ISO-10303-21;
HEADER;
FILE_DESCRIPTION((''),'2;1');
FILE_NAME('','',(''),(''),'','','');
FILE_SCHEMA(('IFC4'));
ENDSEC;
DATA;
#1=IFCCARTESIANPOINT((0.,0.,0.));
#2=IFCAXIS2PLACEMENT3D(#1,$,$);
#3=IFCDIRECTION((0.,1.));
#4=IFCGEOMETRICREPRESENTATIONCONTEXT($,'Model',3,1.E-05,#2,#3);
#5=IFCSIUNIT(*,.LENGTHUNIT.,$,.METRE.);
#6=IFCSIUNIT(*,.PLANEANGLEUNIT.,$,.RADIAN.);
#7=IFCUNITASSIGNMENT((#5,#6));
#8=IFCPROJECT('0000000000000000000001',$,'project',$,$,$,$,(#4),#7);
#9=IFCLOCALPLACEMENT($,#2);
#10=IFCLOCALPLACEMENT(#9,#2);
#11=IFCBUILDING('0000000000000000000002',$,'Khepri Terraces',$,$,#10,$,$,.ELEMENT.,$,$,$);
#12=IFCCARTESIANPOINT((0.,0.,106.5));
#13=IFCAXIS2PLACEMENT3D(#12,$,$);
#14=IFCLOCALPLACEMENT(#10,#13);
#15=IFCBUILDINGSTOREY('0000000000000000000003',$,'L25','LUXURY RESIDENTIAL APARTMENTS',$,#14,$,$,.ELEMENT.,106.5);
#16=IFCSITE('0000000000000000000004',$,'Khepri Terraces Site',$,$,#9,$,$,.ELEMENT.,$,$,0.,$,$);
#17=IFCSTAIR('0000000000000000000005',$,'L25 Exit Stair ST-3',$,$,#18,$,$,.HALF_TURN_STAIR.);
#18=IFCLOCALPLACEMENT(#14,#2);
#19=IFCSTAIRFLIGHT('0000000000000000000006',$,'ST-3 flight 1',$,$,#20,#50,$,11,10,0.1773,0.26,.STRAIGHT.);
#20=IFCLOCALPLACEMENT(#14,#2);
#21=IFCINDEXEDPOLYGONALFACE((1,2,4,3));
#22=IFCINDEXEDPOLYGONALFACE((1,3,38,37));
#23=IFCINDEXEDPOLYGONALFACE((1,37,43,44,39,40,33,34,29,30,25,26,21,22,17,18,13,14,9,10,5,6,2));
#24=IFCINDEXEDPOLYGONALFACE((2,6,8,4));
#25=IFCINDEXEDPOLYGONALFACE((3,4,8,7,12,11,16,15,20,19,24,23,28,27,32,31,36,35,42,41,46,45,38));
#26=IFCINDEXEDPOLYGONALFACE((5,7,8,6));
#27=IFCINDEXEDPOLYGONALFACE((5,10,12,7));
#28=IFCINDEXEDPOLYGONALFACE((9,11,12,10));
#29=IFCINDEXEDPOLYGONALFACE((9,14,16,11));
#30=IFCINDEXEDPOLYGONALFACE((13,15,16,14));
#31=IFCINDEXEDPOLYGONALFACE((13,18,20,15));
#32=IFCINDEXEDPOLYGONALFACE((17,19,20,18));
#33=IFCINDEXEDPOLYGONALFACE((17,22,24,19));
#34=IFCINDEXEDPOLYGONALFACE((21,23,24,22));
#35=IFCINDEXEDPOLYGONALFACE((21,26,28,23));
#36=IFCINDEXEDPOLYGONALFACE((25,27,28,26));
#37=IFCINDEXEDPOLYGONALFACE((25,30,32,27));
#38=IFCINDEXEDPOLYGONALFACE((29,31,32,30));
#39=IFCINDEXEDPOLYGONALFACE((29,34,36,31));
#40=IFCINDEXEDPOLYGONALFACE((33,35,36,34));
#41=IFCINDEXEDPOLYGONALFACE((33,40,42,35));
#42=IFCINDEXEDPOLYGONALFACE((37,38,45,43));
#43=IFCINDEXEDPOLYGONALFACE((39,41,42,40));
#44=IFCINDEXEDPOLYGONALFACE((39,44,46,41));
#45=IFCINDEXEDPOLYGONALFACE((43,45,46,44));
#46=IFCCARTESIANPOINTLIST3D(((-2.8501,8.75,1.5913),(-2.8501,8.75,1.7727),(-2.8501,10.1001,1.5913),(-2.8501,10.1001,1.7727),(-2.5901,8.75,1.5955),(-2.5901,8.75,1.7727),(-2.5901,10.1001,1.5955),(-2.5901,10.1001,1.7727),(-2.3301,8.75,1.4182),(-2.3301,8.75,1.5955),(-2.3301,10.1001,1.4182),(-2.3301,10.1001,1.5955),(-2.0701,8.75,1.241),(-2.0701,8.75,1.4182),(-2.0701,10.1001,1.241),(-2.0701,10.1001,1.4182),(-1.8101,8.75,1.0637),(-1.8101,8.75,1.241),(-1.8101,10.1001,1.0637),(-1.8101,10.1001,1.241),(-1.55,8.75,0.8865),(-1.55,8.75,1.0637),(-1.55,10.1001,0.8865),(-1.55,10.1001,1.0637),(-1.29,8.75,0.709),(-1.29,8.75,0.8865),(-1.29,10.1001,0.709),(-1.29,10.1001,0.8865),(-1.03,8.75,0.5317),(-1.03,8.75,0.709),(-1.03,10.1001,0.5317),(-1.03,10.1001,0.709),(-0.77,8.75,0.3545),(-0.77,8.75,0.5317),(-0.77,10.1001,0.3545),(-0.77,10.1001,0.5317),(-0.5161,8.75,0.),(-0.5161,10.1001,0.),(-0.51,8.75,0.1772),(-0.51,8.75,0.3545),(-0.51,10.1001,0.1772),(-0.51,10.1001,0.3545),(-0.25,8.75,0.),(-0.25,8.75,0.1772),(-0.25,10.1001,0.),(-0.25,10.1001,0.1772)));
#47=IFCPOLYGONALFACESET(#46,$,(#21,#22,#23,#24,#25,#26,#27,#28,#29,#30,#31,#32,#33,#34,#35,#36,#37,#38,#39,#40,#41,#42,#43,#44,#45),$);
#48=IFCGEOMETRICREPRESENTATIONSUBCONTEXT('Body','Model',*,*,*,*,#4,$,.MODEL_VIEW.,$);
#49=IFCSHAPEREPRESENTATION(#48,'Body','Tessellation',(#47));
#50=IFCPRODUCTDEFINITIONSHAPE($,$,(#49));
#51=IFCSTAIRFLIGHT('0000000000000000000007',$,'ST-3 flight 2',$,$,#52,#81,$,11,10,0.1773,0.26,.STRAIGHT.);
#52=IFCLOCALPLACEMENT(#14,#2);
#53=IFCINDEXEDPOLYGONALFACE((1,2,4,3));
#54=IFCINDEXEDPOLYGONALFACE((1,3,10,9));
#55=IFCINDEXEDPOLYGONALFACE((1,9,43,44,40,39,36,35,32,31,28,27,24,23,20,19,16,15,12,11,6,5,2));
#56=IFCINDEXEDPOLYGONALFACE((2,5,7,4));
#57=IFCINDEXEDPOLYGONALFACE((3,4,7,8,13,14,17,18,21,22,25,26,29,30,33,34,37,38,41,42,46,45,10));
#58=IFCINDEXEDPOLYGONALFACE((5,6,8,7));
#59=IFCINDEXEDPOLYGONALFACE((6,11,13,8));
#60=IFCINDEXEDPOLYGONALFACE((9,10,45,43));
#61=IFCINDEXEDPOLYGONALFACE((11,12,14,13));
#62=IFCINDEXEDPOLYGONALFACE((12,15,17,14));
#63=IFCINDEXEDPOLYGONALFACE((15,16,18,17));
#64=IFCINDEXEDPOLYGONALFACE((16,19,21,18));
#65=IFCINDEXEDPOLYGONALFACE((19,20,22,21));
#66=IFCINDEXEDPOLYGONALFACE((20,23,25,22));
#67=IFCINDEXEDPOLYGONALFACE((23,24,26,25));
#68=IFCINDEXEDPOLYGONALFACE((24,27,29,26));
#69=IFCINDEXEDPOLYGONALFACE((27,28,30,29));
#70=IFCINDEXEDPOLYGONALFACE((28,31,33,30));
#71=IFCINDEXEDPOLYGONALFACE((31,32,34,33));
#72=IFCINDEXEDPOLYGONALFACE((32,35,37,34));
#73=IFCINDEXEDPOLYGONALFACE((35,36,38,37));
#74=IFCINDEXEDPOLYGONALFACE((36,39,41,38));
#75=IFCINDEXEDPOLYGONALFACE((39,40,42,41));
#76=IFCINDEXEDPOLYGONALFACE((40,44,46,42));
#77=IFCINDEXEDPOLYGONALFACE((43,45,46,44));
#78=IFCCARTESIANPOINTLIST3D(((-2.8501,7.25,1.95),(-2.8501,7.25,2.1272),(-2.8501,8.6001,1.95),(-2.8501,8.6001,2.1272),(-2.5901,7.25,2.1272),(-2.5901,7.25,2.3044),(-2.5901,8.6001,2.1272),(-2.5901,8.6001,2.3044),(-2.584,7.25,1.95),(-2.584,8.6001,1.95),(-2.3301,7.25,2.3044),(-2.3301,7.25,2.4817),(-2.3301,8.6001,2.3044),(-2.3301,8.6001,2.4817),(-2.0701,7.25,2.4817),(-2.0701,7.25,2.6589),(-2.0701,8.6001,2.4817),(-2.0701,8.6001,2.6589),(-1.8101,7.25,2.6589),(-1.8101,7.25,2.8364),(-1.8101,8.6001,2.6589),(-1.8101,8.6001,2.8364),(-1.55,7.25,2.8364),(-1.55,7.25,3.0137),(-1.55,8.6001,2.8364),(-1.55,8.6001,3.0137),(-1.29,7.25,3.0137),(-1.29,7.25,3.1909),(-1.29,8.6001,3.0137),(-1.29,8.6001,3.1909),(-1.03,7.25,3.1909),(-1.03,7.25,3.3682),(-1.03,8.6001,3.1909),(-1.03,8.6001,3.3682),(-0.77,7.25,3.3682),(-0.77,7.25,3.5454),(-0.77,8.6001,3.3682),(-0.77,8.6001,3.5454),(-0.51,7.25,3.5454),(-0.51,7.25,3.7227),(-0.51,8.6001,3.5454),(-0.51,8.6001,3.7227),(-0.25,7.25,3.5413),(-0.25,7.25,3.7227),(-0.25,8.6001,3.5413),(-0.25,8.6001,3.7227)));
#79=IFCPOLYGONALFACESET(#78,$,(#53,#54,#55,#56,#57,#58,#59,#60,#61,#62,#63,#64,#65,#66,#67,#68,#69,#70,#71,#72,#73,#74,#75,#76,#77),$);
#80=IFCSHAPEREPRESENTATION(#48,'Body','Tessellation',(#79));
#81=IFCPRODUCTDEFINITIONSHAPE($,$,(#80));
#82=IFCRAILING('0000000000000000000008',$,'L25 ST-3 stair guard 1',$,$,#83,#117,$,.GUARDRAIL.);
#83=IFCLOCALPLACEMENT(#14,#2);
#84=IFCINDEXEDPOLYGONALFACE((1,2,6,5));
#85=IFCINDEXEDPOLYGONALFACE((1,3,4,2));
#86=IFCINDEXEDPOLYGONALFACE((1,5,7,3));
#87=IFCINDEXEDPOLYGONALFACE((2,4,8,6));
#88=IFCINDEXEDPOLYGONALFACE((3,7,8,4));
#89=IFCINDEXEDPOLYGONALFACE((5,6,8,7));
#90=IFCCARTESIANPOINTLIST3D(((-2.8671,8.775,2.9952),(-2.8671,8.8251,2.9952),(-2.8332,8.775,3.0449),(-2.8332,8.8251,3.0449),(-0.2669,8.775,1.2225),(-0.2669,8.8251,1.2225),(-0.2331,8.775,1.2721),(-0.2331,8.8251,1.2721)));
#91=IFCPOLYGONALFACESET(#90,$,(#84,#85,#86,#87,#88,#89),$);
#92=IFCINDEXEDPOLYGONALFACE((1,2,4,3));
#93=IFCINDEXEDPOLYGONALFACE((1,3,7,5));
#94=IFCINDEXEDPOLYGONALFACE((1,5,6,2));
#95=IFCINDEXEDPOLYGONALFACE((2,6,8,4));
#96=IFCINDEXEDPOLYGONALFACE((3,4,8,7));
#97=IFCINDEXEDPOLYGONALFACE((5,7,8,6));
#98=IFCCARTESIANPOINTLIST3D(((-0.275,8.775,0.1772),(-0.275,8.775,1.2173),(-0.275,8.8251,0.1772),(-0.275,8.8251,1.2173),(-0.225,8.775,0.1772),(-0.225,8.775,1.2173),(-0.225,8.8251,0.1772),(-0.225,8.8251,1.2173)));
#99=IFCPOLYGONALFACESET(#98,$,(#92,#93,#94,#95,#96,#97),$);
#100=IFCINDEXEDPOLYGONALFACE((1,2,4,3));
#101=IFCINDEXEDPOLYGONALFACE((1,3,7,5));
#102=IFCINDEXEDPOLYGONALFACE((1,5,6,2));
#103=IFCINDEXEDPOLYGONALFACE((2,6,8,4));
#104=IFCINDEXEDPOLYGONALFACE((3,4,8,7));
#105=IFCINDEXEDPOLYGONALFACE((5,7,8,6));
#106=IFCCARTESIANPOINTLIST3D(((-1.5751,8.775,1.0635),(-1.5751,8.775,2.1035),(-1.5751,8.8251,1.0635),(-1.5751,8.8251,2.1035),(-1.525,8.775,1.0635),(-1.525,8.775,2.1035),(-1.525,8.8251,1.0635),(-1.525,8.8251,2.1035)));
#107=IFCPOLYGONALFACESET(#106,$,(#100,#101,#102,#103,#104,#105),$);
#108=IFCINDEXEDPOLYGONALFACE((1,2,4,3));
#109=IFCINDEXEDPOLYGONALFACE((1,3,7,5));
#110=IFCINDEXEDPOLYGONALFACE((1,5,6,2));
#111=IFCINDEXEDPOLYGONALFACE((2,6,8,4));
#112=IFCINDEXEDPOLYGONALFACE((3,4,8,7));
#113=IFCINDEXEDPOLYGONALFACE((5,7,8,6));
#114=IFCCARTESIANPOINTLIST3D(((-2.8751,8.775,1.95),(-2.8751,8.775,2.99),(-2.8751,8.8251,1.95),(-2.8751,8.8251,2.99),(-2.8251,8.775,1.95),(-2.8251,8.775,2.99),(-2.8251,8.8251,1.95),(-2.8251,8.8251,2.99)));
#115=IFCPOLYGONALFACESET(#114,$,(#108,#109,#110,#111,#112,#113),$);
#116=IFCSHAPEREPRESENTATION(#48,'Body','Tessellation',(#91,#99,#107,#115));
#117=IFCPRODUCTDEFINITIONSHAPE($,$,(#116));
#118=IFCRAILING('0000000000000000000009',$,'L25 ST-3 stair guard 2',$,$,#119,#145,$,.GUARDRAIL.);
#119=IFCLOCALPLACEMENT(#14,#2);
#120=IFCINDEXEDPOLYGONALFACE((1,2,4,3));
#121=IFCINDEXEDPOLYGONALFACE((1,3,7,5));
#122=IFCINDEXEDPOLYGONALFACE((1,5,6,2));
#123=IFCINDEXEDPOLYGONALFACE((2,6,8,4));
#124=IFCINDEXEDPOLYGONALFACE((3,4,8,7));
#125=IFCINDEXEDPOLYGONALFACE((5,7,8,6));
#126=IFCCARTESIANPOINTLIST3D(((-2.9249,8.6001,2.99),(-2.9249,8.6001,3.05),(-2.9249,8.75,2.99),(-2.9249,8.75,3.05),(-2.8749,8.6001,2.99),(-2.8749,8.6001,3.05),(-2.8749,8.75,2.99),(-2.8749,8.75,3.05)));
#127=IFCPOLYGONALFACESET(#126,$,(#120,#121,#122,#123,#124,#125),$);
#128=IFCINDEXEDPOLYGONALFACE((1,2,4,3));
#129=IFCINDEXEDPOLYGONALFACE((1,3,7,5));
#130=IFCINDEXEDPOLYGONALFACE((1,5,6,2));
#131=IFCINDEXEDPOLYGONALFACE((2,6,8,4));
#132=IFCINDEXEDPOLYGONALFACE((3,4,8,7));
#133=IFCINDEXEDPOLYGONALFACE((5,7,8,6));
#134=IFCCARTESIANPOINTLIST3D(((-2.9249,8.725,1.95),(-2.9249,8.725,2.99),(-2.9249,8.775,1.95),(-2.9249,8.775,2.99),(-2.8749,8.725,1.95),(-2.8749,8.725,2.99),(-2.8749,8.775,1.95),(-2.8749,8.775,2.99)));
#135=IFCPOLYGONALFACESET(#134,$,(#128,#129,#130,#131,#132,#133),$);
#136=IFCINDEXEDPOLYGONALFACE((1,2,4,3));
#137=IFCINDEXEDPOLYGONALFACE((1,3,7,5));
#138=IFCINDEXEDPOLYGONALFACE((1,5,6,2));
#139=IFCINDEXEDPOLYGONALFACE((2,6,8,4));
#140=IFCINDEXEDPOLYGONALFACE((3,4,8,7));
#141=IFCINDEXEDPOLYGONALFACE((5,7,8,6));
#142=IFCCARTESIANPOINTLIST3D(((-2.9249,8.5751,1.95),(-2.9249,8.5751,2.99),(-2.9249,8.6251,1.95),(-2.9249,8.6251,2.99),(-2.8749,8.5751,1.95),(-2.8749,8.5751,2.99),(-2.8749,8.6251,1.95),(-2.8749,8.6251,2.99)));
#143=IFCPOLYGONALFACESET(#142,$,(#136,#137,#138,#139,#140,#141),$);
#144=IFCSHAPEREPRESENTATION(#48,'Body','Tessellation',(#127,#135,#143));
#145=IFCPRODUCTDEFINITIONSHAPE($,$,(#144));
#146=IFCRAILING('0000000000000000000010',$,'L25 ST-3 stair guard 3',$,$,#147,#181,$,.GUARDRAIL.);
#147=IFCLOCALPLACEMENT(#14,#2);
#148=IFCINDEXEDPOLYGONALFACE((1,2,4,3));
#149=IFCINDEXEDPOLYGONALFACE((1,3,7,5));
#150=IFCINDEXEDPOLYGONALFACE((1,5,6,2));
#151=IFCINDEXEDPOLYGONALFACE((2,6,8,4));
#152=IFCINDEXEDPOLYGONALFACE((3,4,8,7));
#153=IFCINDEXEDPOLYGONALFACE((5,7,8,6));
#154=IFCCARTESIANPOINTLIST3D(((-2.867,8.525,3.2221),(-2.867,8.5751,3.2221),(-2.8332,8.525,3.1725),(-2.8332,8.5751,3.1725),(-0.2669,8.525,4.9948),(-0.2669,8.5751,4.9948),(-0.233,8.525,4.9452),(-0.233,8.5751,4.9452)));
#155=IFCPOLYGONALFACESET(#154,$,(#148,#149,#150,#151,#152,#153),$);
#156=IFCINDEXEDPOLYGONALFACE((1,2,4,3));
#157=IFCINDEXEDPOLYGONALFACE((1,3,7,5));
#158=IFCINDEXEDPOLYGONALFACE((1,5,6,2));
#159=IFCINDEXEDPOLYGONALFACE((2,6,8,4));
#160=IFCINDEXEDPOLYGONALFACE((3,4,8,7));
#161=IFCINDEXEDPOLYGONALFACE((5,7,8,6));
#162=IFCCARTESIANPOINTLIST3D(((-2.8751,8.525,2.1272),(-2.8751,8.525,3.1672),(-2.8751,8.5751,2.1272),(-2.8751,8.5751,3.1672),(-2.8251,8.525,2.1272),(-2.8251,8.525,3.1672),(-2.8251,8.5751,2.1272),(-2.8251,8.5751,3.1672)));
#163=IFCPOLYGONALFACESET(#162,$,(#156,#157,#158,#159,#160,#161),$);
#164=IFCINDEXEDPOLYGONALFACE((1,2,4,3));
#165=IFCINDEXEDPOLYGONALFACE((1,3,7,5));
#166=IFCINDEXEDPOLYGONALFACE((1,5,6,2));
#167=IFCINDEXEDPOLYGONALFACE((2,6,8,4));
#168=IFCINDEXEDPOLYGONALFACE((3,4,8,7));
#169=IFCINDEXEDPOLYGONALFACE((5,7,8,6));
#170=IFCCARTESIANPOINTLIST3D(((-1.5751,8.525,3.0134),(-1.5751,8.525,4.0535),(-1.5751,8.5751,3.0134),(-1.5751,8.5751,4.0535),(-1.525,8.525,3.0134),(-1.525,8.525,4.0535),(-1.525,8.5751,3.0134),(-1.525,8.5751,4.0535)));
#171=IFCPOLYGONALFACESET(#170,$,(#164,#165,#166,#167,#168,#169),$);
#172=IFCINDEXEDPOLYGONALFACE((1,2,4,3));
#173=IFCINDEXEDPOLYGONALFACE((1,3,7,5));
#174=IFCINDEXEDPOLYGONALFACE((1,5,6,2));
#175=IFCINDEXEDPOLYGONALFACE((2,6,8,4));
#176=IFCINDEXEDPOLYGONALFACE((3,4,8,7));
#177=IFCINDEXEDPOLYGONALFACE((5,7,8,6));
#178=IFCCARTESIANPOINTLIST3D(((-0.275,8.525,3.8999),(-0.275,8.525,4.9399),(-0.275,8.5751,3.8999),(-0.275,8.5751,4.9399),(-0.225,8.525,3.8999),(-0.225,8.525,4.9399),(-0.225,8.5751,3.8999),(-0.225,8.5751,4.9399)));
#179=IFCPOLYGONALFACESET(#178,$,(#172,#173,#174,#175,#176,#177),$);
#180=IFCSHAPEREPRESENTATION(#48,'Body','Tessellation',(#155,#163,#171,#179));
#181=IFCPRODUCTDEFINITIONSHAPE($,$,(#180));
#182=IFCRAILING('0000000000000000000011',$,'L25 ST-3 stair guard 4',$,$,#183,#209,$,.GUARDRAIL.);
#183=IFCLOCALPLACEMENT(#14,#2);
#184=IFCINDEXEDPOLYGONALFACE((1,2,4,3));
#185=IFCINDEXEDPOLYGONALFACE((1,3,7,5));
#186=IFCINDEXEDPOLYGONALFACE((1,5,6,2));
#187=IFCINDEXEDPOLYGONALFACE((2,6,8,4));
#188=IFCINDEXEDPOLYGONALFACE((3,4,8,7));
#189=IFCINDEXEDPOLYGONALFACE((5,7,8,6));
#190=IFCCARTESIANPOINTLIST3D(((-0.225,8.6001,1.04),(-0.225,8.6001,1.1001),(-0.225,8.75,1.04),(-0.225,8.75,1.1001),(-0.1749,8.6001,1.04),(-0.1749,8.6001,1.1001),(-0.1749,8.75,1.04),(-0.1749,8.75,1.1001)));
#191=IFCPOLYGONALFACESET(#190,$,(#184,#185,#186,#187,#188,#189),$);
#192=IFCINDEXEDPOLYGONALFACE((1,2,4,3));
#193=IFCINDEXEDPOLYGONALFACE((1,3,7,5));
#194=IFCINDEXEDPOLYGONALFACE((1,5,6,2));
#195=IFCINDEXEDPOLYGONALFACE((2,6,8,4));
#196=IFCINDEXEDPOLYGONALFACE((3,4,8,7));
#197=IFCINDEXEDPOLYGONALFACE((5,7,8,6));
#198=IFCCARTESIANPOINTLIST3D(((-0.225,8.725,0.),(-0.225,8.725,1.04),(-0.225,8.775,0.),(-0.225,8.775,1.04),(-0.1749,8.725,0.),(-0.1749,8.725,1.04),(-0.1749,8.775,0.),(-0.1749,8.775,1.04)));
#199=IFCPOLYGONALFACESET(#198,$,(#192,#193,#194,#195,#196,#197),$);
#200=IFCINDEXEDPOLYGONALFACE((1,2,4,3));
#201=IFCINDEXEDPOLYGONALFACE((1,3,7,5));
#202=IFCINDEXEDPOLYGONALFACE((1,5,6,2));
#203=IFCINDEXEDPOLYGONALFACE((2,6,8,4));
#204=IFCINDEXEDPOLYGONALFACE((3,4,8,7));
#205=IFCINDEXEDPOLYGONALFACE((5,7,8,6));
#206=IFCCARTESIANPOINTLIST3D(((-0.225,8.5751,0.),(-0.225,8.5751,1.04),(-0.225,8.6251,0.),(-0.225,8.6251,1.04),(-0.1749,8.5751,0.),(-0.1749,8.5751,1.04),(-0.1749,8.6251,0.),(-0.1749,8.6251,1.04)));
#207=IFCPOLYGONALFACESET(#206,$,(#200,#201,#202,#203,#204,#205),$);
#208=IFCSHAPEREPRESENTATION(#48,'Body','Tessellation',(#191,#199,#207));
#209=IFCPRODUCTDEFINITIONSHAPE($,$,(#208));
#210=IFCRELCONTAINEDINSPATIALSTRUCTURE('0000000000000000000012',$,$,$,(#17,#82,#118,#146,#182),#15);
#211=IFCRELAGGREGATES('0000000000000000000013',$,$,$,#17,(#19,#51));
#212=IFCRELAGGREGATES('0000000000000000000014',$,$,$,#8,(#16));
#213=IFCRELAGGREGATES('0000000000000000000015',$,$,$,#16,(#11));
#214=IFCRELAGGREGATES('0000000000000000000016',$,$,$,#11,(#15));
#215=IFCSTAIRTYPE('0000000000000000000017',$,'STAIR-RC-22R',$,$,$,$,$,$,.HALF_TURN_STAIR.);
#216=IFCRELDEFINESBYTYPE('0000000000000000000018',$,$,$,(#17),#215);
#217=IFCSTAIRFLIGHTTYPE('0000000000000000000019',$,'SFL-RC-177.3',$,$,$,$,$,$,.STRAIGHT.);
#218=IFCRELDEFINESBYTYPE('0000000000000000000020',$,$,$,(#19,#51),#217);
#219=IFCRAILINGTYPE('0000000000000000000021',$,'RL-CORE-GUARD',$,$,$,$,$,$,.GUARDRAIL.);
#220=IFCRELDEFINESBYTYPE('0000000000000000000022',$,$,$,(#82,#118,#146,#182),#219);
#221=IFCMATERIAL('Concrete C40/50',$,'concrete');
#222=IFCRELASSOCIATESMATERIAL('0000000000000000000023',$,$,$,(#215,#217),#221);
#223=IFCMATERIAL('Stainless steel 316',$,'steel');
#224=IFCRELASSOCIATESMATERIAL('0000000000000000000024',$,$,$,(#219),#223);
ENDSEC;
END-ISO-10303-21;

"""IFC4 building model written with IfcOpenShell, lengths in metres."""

from ifc_helpers import new_model, si_unit, direction, frame, origin, origin_2d, place, context, subcontext, project, spatial, polyline, rectangle, outline, extrude, material, type_object, element, aggregate, save


model = new_model("IFC4")

# Units and contexts
model_context = context("Model", 3, precision=1e-05, world=origin(), true_north=direction((0.0, 1.0)))
body_context = subcontext(model_context, "Body", "Model", "MODEL_VIEW")
ifc_project = project(units=[si_unit("LENGTHUNIT", "METRE"), si_unit("PLANEANGLEUNIT", "RADIAN")], contexts=[model_context])

# Site, building, storey
site_placement = place(None, origin())
site = spatial("IfcSite", under=ifc_project, at=site_placement, Name="Khepri Terraces Site", CompositionType="ELEMENT", RefElevation=0.0)
building_placement = place(site_placement, origin())
building = spatial("IfcBuilding", under=site, at=building_placement, Name="Khepri Terraces", CompositionType="ELEMENT")
storey_placement = place(building_placement, frame((0.0, 0.0, 106.5)))
storey = spatial("IfcBuildingStorey", under=building, at=storey_placement, Name="L25", Description="LUXURY RESIDENTIAL APARTMENTS", CompositionType="ELEMENT", Elevation=106.5)

# Stair, stair flights
ifc_material_1 = material(Name="Concrete C40/50", Category="concrete")
stair_type = type_object("IfcStairType", Name="STAIR-RC-22R", PredefinedType="HALF_TURN_STAIR", material=ifc_material_1)
stair_placement = place(storey_placement, origin())
stair = element("IfcStair", 1, at=stair_placement, inside=storey, type_object=stair_type, Name="L25 Exit Stair ST-3", PredefinedType="HALF_TURN_STAIR")
stair_flight_type = type_object("IfcStairFlightType", Name="SFL-RC-177.3", PredefinedType="STRAIGHT", material=ifc_material_1)
stair_flight_1_placement = place(storey_placement, frame((-0.25, 9.425, 0.0), z_axis=(0.0, 0.0, 1.0), x_axis=(-1.0, 0.0, 0.0)))
stair_flight_1 = element("IfcStairFlight", 2, at=stair_flight_1_placement, type_object=stair_flight_type, Name="ST-3 flight 1", NumberOfRisers=11, NumberOfTreads=10, PredefinedType="STRAIGHT", RiserHeight=0.1773, TreadLength=0.26, context=body_context, shape_type="SweptSolid", body=[
    extrude(outline(polyline([(0.0, 0.0), (0.0, 0.1772), (0.26, 0.1772), (0.26, 0.3545), (0.52, 0.3545), (0.52, 0.5317), (0.78, 0.5317), (0.78, 0.709), (1.04, 0.709), (1.04, 0.8865), (1.3, 0.8865), (1.3, 1.0637), (1.5601, 1.0637), (1.5601, 1.241), (1.8201, 1.241), (1.8201, 1.4182), (2.0801, 1.4182), (2.0801, 1.5955), (2.3401, 1.5955), (2.3401, 1.7727), (2.6001, 1.7727), (2.6001, 1.95), (2.6001, 1.5913), (0.2661, 0.0), (0.0, 0.0)])), frame((0.0, 0.675, 0.0), z_axis=(0.0, -1.0, 0.0), x_axis=(1.0, 0.0, 0.0)), (0.0, 0.0, 1.0), 1.3501),
])
stair_flight_2_placement = place(storey_placement, frame((-2.8501, 7.925, 1.95), z_axis=(0.0, 0.0, 1.0), x_axis=(1.0, 0.0, 0.0)))
stair_flight_2 = element("IfcStairFlight", 3, at=stair_flight_2_placement, type_object=stair_flight_type, Name="ST-3 flight 2", NumberOfRisers=11, NumberOfTreads=10, PredefinedType="STRAIGHT", RiserHeight=0.1773, TreadLength=0.26, context=body_context, shape_type="SweptSolid", body=[
    extrude(outline(polyline([(0.0, 0.0), (0.0, 0.1772), (0.26, 0.1772), (0.26, 0.3545), (0.52, 0.3545), (0.52, 0.5317), (0.78, 0.5317), (0.78, 0.709), (1.04, 0.709), (1.04, 0.8865), (1.3, 0.8865), (1.3, 1.0637), (1.5601, 1.0637), (1.5601, 1.241), (1.8201, 1.241), (1.8201, 1.4182), (2.0801, 1.4182), (2.0801, 1.5955), (2.3401, 1.5955), (2.3401, 1.7727), (2.6001, 1.7727), (2.6001, 1.95), (2.6001, 1.5913), (0.2661, 0.0), (0.0, 0.0)])), frame((0.0, 0.675, 0.0), z_axis=(0.0, -1.0, 0.0), x_axis=(1.0, 0.0, 0.0)), (0.0, 0.0, 1.0), 1.3501),
])
aggregate(stair, [stair_flight_1, stair_flight_2])

# Railings
ifc_material_2 = material(Name="Stainless steel 316", Category="steel")
railing_type_1 = type_object("IfcRailingType", Name="RL-CORE-GUARD", PredefinedType="GUARDRAIL", material=ifc_material_2)
railing_1_placement = place(storey_placement, frame((-0.25, 8.8, 0.1772)))
element("IfcRailing", 4, at=railing_1_placement, inside=storey, type_object=railing_type_1, Name="L25 ST-3 stair guard 1", PredefinedType="GUARDRAIL", context=body_context, shape_type="SweptSolid", body=[
    extrude(rectangle(XDim=0.05, YDim=0.0601, at=origin_2d()), frame((0.0, 0.0, 1.0701), z_axis=(-0.82624, 0.0, 0.563318), x_axis=(0.0, -1.0, 0.0)), (0.0, 0.0, 1.0), 3.147),
    extrude(rectangle(XDim=0.05, YDim=0.05, at=origin_2d()), origin(), (0.0, 0.0, 1.0), 1.04),
    extrude(rectangle(XDim=0.05, YDim=0.05, at=origin_2d()), frame((-1.3, 0.0, 0.8862)), (0.0, 0.0, 1.0), 1.04),
    extrude(rectangle(XDim=0.05, YDim=0.05, at=origin_2d()), frame((-2.6001, 0.0, 1.7727)), (0.0, 0.0, 1.0), 1.04),
])
railing_2_placement = place(storey_placement, frame((-2.8999, 8.75, 1.95)))
element("IfcRailing", 5, at=railing_2_placement, inside=storey, type_object=railing_type_1, Name="L25 ST-3 stair guard 2", PredefinedType="GUARDRAIL", context=body_context, shape_type="SweptSolid", body=[
    extrude(rectangle(XDim=0.05, YDim=0.0601, at=origin_2d()), frame((0.0, 0.0, 1.0701), z_axis=(0.0, -1.0, 0.0), x_axis=(1.0, 0.0, 0.0)), (0.0, 0.0, 1.0), 0.1499),
    extrude(rectangle(XDim=0.05, YDim=0.05, at=origin_2d()), origin(), (0.0, 0.0, 1.0), 1.04),
    extrude(rectangle(XDim=0.05, YDim=0.05, at=origin_2d()), frame((0.0, -0.1499, 0.0)), (0.0, 0.0, 1.0), 1.04),
])
railing_3_placement = place(storey_placement, frame((-2.8501, 8.55, 2.1272)))
element("IfcRailing", 6, at=railing_3_placement, inside=storey, type_object=railing_type_1, Name="L25 ST-3 stair guard 3", PredefinedType="GUARDRAIL", context=body_context, shape_type="SweptSolid", body=[
    extrude(rectangle(XDim=0.05, YDim=0.0601, at=origin_2d()), frame((0.0, 0.0, 1.0701), z_axis=(0.82624, 0.0, 0.563318), x_axis=(0.0, 1.0, 0.0)), (0.0, 0.0, 1.0), 3.147),
    extrude(rectangle(XDim=0.05, YDim=0.05, at=origin_2d()), origin(), (0.0, 0.0, 1.0), 1.04),
    extrude(rectangle(XDim=0.05, YDim=0.05, at=origin_2d()), frame((1.3, 0.0, 0.8862)), (0.0, 0.0, 1.0), 1.04),
    extrude(rectangle(XDim=0.05, YDim=0.05, at=origin_2d()), frame((2.6001, 0.0, 1.7727)), (0.0, 0.0, 1.0), 1.04),
])
railing_4_placement = place(storey_placement, frame((-0.2, 8.75, 0.0)))
element("IfcRailing", 7, at=railing_4_placement, inside=storey, type_object=railing_type_1, Name="L25 ST-3 stair guard 4", PredefinedType="GUARDRAIL", context=body_context, shape_type="SweptSolid", body=[
    extrude(rectangle(XDim=0.05, YDim=0.0601, at=origin_2d()), frame((0.0, 0.0, 1.0701), z_axis=(0.0, -1.0, 0.0), x_axis=(1.0, 0.0, 0.0)), (0.0, 0.0, 1.0), 0.1499),
    extrude(rectangle(XDim=0.05, YDim=0.05, at=origin_2d()), origin(), (0.0, 0.0, 1.0), 1.04),
    extrude(rectangle(XDim=0.05, YDim=0.05, at=origin_2d()), frame((0.0, -0.1499, 0.0)), (0.0, 0.0, 1.0), 1.04),
])

save(model, "model.ifc")
